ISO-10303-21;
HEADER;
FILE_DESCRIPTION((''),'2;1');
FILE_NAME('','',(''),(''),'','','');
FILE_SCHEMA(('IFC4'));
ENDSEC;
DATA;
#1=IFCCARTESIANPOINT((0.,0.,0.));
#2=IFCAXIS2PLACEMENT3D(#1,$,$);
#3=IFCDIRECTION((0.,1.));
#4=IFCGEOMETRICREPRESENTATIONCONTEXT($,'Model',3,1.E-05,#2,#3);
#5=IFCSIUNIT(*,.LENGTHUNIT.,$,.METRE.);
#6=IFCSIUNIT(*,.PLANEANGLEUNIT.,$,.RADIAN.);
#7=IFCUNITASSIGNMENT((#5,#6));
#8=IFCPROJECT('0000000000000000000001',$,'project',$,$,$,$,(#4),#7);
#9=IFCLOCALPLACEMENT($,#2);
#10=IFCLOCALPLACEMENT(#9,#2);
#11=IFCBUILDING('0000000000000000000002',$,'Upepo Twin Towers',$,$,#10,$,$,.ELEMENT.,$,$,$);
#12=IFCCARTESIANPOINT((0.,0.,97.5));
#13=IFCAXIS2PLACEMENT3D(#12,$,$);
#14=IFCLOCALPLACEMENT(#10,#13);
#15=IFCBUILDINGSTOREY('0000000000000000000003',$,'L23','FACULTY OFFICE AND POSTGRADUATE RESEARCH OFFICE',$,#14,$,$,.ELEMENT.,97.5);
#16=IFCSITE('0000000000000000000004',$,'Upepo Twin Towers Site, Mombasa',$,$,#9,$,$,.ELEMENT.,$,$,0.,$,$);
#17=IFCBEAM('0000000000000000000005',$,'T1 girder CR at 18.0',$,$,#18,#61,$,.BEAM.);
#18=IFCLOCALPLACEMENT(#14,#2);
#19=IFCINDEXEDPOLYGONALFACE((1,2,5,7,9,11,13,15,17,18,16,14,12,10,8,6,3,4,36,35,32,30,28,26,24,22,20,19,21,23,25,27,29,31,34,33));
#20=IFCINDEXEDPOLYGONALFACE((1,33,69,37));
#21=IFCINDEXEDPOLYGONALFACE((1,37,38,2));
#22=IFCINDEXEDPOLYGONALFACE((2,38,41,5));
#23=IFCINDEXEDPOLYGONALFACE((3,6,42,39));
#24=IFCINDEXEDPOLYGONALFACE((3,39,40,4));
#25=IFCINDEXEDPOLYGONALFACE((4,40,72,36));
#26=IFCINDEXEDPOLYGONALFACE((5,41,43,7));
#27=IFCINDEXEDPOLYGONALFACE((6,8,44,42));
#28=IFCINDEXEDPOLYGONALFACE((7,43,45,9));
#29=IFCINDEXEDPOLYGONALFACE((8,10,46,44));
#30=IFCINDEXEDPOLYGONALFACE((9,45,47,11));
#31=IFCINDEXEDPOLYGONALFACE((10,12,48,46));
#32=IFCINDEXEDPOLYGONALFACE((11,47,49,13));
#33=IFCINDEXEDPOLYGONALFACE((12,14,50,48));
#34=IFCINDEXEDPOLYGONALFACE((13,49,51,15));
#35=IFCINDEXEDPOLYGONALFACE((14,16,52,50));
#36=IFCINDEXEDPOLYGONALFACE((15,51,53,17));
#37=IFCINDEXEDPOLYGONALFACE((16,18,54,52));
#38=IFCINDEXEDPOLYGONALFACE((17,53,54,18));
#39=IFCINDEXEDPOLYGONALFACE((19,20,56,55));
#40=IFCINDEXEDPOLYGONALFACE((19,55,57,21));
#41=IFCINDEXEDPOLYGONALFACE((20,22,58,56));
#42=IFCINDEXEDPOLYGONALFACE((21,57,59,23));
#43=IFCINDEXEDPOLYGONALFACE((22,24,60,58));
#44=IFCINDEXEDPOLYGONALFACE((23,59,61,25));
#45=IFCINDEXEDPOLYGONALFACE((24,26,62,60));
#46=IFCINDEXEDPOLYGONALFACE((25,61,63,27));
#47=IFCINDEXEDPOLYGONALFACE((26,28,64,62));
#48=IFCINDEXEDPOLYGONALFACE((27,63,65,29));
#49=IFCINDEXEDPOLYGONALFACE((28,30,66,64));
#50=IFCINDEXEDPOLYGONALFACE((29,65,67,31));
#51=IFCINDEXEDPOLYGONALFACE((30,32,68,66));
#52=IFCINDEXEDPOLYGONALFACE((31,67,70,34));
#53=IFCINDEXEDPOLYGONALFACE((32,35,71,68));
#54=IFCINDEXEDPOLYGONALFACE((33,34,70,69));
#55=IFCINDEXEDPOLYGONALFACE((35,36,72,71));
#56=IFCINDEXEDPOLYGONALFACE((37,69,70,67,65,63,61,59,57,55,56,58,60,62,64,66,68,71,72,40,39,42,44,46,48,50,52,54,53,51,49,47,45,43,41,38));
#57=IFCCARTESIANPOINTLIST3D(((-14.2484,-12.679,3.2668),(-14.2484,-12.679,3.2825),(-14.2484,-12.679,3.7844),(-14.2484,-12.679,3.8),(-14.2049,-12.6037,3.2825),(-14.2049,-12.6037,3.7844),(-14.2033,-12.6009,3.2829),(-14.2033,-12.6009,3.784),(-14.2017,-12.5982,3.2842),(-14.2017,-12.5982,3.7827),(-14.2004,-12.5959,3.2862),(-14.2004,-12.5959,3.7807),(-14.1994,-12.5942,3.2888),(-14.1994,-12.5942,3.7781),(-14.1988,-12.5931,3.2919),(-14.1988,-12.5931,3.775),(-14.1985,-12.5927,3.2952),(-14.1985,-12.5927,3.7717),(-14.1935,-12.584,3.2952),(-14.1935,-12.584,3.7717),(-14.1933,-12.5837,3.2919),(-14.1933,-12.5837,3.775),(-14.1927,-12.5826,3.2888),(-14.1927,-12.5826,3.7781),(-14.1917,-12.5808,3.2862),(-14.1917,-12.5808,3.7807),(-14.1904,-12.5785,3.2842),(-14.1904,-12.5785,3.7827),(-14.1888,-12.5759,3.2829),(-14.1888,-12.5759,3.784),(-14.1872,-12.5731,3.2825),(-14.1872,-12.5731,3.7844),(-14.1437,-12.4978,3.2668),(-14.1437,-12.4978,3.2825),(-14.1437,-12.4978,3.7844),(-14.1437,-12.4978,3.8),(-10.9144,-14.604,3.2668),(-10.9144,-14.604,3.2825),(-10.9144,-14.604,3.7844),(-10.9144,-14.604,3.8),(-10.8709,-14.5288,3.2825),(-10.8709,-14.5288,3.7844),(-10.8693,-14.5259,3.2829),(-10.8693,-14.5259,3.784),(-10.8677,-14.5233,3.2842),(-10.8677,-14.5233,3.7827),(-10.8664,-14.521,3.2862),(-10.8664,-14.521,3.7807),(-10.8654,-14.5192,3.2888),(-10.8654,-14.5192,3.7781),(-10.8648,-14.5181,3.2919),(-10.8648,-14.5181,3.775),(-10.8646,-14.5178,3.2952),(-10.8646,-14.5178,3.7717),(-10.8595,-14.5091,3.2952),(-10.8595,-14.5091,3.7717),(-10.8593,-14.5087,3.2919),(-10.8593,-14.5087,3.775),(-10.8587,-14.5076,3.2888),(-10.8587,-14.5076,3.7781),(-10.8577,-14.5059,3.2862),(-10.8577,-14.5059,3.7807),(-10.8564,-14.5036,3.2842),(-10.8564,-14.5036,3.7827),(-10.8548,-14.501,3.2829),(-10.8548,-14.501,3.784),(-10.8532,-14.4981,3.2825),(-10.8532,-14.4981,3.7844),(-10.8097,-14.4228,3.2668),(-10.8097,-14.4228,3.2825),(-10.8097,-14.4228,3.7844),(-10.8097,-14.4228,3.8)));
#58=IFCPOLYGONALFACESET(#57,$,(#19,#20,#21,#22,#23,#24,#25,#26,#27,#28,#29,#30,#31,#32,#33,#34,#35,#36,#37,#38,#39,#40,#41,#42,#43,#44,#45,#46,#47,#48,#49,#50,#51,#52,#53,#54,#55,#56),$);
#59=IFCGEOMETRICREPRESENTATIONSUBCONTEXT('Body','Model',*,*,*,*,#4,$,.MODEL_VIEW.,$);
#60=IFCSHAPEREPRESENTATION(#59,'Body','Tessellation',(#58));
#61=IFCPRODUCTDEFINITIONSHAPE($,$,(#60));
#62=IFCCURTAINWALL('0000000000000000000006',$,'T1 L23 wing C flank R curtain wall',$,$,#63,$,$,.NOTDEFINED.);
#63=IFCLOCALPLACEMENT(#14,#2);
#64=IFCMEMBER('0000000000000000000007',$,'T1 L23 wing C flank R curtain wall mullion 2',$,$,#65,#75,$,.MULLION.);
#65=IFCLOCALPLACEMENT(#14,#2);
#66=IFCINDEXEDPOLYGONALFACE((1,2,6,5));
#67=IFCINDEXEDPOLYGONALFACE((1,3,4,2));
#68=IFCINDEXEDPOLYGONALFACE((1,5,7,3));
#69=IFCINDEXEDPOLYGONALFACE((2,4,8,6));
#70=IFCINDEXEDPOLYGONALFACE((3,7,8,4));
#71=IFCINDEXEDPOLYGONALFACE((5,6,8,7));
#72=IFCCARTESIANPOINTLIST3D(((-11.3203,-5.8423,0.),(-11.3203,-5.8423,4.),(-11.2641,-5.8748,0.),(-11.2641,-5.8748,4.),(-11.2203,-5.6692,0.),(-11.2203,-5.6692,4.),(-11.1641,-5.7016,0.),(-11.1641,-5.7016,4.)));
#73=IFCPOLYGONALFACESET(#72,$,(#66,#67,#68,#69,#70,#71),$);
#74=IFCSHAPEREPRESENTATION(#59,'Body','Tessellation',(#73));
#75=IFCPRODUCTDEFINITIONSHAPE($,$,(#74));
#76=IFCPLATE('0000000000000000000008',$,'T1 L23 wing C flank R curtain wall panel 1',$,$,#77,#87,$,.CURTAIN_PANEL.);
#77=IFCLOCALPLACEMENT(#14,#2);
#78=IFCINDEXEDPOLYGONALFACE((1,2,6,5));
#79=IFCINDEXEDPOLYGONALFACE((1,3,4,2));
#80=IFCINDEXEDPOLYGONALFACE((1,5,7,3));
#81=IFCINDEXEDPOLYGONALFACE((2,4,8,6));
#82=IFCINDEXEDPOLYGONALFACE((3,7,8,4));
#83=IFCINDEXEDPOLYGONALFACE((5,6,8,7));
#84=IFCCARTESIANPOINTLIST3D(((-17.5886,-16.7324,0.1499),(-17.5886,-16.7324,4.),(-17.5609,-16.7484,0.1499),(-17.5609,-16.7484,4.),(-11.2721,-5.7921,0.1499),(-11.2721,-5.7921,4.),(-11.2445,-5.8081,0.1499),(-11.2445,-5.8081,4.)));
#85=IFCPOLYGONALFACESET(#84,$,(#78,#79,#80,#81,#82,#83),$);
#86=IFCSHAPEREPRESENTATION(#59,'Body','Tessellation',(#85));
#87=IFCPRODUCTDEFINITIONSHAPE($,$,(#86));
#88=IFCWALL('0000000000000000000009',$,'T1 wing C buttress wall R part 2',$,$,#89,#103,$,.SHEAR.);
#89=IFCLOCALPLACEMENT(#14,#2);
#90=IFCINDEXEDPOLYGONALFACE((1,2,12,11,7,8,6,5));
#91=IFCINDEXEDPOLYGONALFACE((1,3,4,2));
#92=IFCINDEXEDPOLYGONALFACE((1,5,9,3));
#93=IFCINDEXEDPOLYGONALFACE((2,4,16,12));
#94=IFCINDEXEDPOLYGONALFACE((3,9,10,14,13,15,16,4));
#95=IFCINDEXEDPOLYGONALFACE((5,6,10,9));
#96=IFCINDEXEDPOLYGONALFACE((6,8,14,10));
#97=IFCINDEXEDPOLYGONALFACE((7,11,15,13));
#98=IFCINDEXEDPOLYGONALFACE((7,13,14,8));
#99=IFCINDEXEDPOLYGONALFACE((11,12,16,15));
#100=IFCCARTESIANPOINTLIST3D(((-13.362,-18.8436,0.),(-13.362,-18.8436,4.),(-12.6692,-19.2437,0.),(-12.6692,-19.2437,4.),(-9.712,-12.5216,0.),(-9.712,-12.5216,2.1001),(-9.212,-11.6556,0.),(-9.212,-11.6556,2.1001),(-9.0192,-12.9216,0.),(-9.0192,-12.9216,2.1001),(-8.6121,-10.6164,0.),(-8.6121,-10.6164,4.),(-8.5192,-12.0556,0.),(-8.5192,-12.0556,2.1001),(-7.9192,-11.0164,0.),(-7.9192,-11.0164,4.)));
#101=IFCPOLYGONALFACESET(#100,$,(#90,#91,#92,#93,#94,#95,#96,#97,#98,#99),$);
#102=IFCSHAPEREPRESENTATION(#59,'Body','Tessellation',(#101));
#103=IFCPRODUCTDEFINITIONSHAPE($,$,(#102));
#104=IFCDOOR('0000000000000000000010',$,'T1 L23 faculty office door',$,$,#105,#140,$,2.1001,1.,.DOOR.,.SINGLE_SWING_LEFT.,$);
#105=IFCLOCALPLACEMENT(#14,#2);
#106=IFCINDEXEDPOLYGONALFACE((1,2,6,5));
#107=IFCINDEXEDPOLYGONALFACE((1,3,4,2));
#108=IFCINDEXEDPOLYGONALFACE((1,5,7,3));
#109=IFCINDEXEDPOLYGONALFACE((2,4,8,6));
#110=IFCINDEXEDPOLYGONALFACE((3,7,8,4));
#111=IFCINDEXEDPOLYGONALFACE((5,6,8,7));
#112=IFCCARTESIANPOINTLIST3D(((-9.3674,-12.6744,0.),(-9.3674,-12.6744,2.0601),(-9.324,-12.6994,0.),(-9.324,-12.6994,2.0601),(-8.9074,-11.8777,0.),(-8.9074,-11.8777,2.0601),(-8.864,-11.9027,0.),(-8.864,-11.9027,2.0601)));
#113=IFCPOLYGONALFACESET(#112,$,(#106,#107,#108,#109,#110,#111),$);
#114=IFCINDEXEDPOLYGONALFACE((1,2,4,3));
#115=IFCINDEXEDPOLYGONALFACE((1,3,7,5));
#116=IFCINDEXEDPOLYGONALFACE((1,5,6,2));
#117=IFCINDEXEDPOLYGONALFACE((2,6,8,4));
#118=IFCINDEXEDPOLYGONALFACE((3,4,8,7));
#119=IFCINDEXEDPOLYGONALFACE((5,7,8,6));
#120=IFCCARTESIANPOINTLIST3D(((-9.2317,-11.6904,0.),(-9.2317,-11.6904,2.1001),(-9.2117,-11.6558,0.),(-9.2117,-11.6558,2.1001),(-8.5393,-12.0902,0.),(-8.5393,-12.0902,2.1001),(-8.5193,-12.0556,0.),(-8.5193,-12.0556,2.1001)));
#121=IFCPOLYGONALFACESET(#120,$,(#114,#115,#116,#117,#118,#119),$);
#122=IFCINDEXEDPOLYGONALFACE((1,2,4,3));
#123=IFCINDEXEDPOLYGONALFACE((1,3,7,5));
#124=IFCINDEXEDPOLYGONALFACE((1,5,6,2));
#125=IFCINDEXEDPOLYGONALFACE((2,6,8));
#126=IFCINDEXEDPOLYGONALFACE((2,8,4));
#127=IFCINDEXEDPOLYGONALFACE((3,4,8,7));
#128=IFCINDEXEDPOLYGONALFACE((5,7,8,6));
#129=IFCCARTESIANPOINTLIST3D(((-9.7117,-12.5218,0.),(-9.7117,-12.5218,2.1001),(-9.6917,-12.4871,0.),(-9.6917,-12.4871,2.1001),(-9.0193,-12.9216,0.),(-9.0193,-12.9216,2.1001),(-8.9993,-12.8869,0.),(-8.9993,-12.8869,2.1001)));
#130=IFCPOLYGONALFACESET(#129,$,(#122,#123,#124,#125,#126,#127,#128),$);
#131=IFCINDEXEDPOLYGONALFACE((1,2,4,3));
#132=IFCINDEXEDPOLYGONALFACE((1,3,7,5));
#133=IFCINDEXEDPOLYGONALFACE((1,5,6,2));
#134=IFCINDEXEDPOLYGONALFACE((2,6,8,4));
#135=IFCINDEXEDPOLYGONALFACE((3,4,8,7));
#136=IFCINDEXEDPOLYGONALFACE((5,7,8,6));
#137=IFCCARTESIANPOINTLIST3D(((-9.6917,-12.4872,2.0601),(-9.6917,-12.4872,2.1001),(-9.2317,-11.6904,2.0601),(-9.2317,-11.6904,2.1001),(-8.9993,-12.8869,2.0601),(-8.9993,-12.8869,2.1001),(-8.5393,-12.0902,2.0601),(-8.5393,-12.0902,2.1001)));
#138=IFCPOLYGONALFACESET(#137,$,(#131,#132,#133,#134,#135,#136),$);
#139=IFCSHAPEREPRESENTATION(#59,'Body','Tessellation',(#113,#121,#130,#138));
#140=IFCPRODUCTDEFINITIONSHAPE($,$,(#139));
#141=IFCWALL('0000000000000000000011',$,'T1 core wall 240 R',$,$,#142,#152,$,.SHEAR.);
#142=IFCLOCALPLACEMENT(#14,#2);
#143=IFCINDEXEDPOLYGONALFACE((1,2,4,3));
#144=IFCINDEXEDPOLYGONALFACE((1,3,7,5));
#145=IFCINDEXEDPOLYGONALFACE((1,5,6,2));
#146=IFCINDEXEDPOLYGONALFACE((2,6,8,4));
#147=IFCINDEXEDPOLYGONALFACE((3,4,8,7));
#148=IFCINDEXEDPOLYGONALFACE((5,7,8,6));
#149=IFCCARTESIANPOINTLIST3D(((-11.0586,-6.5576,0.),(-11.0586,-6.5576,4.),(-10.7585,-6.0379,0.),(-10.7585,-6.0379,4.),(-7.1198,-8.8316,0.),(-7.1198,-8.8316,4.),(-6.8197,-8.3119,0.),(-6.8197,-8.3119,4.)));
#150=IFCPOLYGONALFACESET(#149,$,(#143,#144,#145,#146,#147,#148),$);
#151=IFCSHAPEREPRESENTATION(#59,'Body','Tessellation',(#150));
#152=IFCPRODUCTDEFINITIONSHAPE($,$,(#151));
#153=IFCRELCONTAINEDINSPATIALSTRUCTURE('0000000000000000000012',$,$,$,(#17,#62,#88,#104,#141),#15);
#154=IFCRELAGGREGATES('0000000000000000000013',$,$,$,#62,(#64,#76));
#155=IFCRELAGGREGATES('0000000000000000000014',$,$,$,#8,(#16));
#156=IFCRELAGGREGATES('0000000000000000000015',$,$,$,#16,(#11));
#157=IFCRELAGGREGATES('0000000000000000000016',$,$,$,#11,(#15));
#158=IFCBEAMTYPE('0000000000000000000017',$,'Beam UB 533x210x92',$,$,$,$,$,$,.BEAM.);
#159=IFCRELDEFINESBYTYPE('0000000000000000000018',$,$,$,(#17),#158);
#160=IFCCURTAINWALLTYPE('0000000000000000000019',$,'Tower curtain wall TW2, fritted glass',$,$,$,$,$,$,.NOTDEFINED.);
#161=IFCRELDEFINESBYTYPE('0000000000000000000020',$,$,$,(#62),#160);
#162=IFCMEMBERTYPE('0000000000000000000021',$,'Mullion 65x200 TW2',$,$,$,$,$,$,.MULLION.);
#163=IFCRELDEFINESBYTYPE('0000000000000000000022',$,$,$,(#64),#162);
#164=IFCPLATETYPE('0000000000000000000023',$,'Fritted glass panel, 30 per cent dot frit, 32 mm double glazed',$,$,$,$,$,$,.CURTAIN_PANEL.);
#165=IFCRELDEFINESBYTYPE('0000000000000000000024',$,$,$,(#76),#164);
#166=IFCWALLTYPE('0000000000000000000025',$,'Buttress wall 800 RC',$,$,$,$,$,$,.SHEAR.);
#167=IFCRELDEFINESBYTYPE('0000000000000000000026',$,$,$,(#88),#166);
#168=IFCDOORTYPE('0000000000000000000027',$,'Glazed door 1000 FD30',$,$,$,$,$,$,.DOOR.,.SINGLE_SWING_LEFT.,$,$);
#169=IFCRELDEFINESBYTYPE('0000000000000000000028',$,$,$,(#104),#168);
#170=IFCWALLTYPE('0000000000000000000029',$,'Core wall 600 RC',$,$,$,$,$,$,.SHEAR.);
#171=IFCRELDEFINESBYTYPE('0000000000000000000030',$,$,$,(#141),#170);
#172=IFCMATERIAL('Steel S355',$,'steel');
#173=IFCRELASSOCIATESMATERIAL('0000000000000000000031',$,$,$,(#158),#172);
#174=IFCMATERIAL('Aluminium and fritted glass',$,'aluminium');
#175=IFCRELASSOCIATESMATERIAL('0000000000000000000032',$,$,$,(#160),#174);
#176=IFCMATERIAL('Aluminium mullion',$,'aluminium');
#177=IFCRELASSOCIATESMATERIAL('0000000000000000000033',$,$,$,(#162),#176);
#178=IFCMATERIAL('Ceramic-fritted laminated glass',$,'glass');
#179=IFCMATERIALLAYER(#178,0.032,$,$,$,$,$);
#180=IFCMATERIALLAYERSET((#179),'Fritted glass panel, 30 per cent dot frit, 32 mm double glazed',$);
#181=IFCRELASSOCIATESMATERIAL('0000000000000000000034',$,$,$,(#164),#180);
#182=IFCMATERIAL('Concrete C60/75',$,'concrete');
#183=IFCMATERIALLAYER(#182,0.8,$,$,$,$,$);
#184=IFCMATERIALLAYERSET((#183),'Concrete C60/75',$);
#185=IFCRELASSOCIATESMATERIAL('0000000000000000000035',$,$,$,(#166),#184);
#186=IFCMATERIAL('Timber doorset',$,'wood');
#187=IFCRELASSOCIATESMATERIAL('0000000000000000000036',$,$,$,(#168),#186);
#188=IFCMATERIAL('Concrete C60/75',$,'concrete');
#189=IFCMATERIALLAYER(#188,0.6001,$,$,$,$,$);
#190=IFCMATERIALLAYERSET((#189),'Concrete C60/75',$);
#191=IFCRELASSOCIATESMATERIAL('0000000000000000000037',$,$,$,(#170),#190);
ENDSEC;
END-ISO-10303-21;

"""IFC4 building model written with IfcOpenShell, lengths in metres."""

from ifc_helpers import new_model, si_unit, direction, frame, frame_2d, origin, origin_2d, place, context, subcontext, project, spatial, rectangle, i_section, extrude, material, layer, layer_set, material_profile, profile_set, type_object, element, fill, aggregate, save


model = new_model("IFC4")

# Units and contexts
model_context = context("Model", 3, precision=1e-05, world=origin(), true_north=direction((0.0, 1.0)))
body_context = subcontext(model_context, "Body", "Model", "MODEL_VIEW")
ifc_project = project(units=[si_unit("LENGTHUNIT", "METRE"), si_unit("PLANEANGLEUNIT", "RADIAN")], contexts=[model_context])

# Site, building, storey
site_placement = place(None, origin())
site = spatial("IfcSite", under=ifc_project, at=site_placement, Name="Upepo Twin Towers Site, Mombasa", CompositionType="ELEMENT", RefElevation=0.0)
building_placement = place(site_placement, origin())
building = spatial("IfcBuilding", under=site, at=building_placement, Name="Upepo Twin Towers", CompositionType="ELEMENT")
storey_placement = place(building_placement, frame((0.0, 0.0, 97.5)))
storey = spatial("IfcBuildingStorey", under=building, at=storey_placement, Name="L23", Description="FACULTY OFFICE AND POSTGRADUATE RESEARCH OFFICE", CompositionType="ELEMENT", Elevation=97.5)

# Beam
ifc_material_1 = material(Name="Steel S355", Category="steel")
ifc_material_profile_1 = material_profile(ifc_material_1, i_section(OverallWidth=0.2092, OverallDepth=0.5332, WebThickness=0.01, FlangeThickness=0.0156, FilletRadius=0.0127, at=origin_2d()), Name="UB 533x210x92")
ifc_profile_set_1 = profile_set([ifc_material_profile_1], Name="Steel S355")
beam_type_1 = type_object("IfcBeamType", Name="Beam UB 533x210x92", PredefinedType="BEAM", material=ifc_profile_set_1)
for number, where, z_axis, x_axis, name in (
    (1, (-14.196, -12.5884, 3.5334), (0.866006, -0.500034, 0.0), (0.500034, 0.866006, 0.0), "T1 girder CR at 18.0"),
):
    element("IfcBeam", number, at=place(storey_placement, frame(where, z_axis=z_axis, x_axis=x_axis)), inside=storey, type_object=beam_type_1, Name=name, PredefinedType="BEAM", context=body_context, shape_type="SweptSolid", body=[
        extrude(i_section(OverallWidth=0.2092, OverallDepth=0.5332, WebThickness=0.01, FlangeThickness=0.0156, FilletRadius=0.0127, at=origin_2d()), origin(), (0.0, 0.0, 1.0), 3.8499),
    ])

# Curtain wall, member, plate
ifc_material_2 = material(Name="Aluminium and fritted glass", Category="aluminium")
curtain_wall_type = type_object("IfcCurtainWallType", Name="Tower curtain wall TW2, fritted glass", PredefinedType="NOTDEFINED", material=ifc_material_2)
curtain_wall_placement = place(storey_placement, origin())
curtain_wall = element("IfcCurtainWall", 2, at=curtain_wall_placement, inside=storey, type_object=curtain_wall_type, Name="T1 L23 wing C flank R curtain wall", PredefinedType="NOTDEFINED")
ifc_material_3 = material(Name="Aluminium mullion", Category="aluminium")
ifc_material_profile_2 = material_profile(ifc_material_3, rectangle(XDim=0.0649, YDim=0.2, at=origin_2d()), Name="MULLION 65x200")
ifc_profile_set_2 = profile_set([ifc_material_profile_2], Name="Aluminium mullion")
member_type = type_object("IfcMemberType", Name="Mullion 65x200 TW2", PredefinedType="MULLION", material=ifc_profile_set_2)
member_placement = place(storey_placement, frame((-11.2422, -5.772, 0.0), z_axis=(0.0, 0.0, 1.0), x_axis=(-0.866025, 0.5, 0.0)))
member = element("IfcMember", 3, at=member_placement, type_object=member_type, Name="T1 L23 wing C flank R curtain wall mullion 2", PredefinedType="MULLION", context=body_context, shape_type="SweptSolid", body=[
    extrude(rectangle(XDim=0.0649, YDim=0.2, at=origin_2d()), origin(), (0.0, 0.0, 1.0), 4.0),
])
ifc_material_4 = material(Name="Ceramic-fritted laminated glass", Category="glass")
ifc_layer_1 = layer(ifc_material_4, 0.032)
ifc_layer_set_1 = layer_set([ifc_layer_1], Name="Fritted glass panel, 30 per cent dot frit, 32 mm double glazed")
plate_type = type_object("IfcPlateType", Name="Fritted glass panel, 30 per cent dot frit, 32 mm double glazed", PredefinedType="CURTAIN_PANEL", material=ifc_layer_set_1)
plate_placement = place(storey_placement, frame((-14.4165, -11.2703, 0.1499), z_axis=(0.0, 0.0, 1.0), x_axis=(0.5, 0.866025, 0.0)))
plate = element("IfcPlate", 4, at=plate_placement, type_object=plate_type, Name="T1 L23 wing C flank R curtain wall panel 1", PredefinedType="CURTAIN_PANEL", context=body_context, shape_type="SweptSolid", body=[
    extrude(rectangle(XDim=12.6328, YDim=0.032, at=origin_2d()), origin(), (0.0, 0.0, 1.0), 3.8501),
])
aggregate(curtain_wall, [member, plate])

# Wall, opening, door
ifc_material_5 = material(Name="Concrete C60/75", Category="concrete")
ifc_layer_2 = layer(ifc_material_5, 0.8)
ifc_layer_set_2 = layer_set([ifc_layer_2], Name="Concrete C60/75")
wall_type_1 = type_object("IfcWallType", Name="Buttress wall 800 RC", PredefinedType="SHEAR", material=ifc_layer_set_2)
wall_1_placement = place(storey_placement, frame((-8.2656, -10.8164, 0.0), z_axis=(0.0, 0.0, 1.0), x_axis=(-0.499998, -0.866027, 0.0)))
wall_1 = element("IfcWall", 5, at=wall_1_placement, inside=storey, type_object=wall_type_1, Name="T1 wing C buttress wall R part 2", PredefinedType="SHEAR", context=body_context, shape_type="SweptSolid", body=[
    extrude(rectangle(XDim=9.5, YDim=0.8, at=frame_2d((4.75, 0.0))), origin(), (0.0, 0.0, 1.0), 4.0),
])
opening_1_placement = place(wall_1_placement, frame((1.2, 0.0, 0.0)))
opening_1 = element("IfcOpeningElement", 6, at=opening_1_placement, cuts=wall_1, PredefinedType="OPENING", context=body_context, shape_type="SweptSolid", body=[
    extrude(rectangle(XDim=1.0, YDim=2.1001, at=frame_2d((0.5, 1.05))), frame((0.0, 0.4099, 0.0), z_axis=(0.0, -1.0, 0.0), x_axis=(1.0, 0.0, 0.0)), (0.0, 0.0, 1.0), 0.8201),
])
ifc_material_6 = material(Name="Timber doorset", Category="wood")
door_type_1 = type_object("IfcDoorType", Name="Glazed door 1000 FD30", OperationType="SINGLE_SWING_LEFT", PredefinedType="DOOR", material=ifc_material_6)
door_1_placement = place(opening_1_placement, origin())
door_1 = element("IfcDoor", 7, at=door_1_placement, inside=storey, type_object=door_type_1, Name="T1 L23 faculty office door", OperationType="SINGLE_SWING_LEFT", OverallHeight=2.1001, OverallWidth=1.0, PredefinedType="DOOR", context=body_context, shape_type="SweptSolid", body=[
    extrude(rectangle(XDim=0.92, YDim=2.0601, at=frame_2d((0.5, 1.03))), frame((0.0, 0.0249, 0.0), z_axis=(0.0, -1.0, 0.0), x_axis=(1.0, 0.0, 0.0)), (0.0, 0.0, 1.0), 0.05),
    extrude(rectangle(XDim=0.04, YDim=2.1001, at=frame_2d((0.02, 1.05))), frame((0.0, 0.3999, 0.0), z_axis=(0.0, -1.0, 0.0), x_axis=(1.0, 0.0, 0.0)), (0.0, 0.0, 1.0), 0.7996),
    extrude(rectangle(XDim=0.04, YDim=2.1001, at=frame_2d((0.98, 1.05))), frame((0.0, 0.3999, 0.0), z_axis=(0.0, -1.0, 0.0), x_axis=(1.0, 0.0, 0.0)), (0.0, 0.0, 1.0), 0.7996),
    extrude(rectangle(XDim=0.92, YDim=0.04, at=frame_2d((0.5, 2.0801))), frame((0.0, 0.3999, 0.0), z_axis=(0.0, -1.0, 0.0), x_axis=(1.0, 0.0, 0.0)), (0.0, 0.0, 1.0), 0.7996),
])
fill(opening_1, door_1)

# Wall
ifc_material_7 = material(Name="Concrete C60/75", Category="concrete")
ifc_layer_3 = layer(ifc_material_7, 0.6001)
ifc_layer_set_3 = layer_set([ifc_layer_3], Name="Concrete C60/75")
wall_type_2 = type_object("IfcWallType", Name="Core wall 600 RC", PredefinedType="SHEAR", material=ifc_layer_set_3)
wall_2_placement = place(storey_placement, frame((-10.9084, -6.2979, 0.0), z_axis=(0.0, 0.0, 1.0), x_axis=(0.866035, -0.499984, 0.0)))
element("IfcWall", 8, at=wall_2_placement, inside=storey, type_object=wall_type_2, Name="T1 core wall 240 R", PredefinedType="SHEAR", context=body_context, shape_type="SweptSolid", body=[
    extrude(rectangle(XDim=4.5481, YDim=0.6001, at=frame_2d((2.2739, 0.0))), origin(), (0.0, 0.0, 1.0), 4.0),
])

save(model, "model.ifc")
